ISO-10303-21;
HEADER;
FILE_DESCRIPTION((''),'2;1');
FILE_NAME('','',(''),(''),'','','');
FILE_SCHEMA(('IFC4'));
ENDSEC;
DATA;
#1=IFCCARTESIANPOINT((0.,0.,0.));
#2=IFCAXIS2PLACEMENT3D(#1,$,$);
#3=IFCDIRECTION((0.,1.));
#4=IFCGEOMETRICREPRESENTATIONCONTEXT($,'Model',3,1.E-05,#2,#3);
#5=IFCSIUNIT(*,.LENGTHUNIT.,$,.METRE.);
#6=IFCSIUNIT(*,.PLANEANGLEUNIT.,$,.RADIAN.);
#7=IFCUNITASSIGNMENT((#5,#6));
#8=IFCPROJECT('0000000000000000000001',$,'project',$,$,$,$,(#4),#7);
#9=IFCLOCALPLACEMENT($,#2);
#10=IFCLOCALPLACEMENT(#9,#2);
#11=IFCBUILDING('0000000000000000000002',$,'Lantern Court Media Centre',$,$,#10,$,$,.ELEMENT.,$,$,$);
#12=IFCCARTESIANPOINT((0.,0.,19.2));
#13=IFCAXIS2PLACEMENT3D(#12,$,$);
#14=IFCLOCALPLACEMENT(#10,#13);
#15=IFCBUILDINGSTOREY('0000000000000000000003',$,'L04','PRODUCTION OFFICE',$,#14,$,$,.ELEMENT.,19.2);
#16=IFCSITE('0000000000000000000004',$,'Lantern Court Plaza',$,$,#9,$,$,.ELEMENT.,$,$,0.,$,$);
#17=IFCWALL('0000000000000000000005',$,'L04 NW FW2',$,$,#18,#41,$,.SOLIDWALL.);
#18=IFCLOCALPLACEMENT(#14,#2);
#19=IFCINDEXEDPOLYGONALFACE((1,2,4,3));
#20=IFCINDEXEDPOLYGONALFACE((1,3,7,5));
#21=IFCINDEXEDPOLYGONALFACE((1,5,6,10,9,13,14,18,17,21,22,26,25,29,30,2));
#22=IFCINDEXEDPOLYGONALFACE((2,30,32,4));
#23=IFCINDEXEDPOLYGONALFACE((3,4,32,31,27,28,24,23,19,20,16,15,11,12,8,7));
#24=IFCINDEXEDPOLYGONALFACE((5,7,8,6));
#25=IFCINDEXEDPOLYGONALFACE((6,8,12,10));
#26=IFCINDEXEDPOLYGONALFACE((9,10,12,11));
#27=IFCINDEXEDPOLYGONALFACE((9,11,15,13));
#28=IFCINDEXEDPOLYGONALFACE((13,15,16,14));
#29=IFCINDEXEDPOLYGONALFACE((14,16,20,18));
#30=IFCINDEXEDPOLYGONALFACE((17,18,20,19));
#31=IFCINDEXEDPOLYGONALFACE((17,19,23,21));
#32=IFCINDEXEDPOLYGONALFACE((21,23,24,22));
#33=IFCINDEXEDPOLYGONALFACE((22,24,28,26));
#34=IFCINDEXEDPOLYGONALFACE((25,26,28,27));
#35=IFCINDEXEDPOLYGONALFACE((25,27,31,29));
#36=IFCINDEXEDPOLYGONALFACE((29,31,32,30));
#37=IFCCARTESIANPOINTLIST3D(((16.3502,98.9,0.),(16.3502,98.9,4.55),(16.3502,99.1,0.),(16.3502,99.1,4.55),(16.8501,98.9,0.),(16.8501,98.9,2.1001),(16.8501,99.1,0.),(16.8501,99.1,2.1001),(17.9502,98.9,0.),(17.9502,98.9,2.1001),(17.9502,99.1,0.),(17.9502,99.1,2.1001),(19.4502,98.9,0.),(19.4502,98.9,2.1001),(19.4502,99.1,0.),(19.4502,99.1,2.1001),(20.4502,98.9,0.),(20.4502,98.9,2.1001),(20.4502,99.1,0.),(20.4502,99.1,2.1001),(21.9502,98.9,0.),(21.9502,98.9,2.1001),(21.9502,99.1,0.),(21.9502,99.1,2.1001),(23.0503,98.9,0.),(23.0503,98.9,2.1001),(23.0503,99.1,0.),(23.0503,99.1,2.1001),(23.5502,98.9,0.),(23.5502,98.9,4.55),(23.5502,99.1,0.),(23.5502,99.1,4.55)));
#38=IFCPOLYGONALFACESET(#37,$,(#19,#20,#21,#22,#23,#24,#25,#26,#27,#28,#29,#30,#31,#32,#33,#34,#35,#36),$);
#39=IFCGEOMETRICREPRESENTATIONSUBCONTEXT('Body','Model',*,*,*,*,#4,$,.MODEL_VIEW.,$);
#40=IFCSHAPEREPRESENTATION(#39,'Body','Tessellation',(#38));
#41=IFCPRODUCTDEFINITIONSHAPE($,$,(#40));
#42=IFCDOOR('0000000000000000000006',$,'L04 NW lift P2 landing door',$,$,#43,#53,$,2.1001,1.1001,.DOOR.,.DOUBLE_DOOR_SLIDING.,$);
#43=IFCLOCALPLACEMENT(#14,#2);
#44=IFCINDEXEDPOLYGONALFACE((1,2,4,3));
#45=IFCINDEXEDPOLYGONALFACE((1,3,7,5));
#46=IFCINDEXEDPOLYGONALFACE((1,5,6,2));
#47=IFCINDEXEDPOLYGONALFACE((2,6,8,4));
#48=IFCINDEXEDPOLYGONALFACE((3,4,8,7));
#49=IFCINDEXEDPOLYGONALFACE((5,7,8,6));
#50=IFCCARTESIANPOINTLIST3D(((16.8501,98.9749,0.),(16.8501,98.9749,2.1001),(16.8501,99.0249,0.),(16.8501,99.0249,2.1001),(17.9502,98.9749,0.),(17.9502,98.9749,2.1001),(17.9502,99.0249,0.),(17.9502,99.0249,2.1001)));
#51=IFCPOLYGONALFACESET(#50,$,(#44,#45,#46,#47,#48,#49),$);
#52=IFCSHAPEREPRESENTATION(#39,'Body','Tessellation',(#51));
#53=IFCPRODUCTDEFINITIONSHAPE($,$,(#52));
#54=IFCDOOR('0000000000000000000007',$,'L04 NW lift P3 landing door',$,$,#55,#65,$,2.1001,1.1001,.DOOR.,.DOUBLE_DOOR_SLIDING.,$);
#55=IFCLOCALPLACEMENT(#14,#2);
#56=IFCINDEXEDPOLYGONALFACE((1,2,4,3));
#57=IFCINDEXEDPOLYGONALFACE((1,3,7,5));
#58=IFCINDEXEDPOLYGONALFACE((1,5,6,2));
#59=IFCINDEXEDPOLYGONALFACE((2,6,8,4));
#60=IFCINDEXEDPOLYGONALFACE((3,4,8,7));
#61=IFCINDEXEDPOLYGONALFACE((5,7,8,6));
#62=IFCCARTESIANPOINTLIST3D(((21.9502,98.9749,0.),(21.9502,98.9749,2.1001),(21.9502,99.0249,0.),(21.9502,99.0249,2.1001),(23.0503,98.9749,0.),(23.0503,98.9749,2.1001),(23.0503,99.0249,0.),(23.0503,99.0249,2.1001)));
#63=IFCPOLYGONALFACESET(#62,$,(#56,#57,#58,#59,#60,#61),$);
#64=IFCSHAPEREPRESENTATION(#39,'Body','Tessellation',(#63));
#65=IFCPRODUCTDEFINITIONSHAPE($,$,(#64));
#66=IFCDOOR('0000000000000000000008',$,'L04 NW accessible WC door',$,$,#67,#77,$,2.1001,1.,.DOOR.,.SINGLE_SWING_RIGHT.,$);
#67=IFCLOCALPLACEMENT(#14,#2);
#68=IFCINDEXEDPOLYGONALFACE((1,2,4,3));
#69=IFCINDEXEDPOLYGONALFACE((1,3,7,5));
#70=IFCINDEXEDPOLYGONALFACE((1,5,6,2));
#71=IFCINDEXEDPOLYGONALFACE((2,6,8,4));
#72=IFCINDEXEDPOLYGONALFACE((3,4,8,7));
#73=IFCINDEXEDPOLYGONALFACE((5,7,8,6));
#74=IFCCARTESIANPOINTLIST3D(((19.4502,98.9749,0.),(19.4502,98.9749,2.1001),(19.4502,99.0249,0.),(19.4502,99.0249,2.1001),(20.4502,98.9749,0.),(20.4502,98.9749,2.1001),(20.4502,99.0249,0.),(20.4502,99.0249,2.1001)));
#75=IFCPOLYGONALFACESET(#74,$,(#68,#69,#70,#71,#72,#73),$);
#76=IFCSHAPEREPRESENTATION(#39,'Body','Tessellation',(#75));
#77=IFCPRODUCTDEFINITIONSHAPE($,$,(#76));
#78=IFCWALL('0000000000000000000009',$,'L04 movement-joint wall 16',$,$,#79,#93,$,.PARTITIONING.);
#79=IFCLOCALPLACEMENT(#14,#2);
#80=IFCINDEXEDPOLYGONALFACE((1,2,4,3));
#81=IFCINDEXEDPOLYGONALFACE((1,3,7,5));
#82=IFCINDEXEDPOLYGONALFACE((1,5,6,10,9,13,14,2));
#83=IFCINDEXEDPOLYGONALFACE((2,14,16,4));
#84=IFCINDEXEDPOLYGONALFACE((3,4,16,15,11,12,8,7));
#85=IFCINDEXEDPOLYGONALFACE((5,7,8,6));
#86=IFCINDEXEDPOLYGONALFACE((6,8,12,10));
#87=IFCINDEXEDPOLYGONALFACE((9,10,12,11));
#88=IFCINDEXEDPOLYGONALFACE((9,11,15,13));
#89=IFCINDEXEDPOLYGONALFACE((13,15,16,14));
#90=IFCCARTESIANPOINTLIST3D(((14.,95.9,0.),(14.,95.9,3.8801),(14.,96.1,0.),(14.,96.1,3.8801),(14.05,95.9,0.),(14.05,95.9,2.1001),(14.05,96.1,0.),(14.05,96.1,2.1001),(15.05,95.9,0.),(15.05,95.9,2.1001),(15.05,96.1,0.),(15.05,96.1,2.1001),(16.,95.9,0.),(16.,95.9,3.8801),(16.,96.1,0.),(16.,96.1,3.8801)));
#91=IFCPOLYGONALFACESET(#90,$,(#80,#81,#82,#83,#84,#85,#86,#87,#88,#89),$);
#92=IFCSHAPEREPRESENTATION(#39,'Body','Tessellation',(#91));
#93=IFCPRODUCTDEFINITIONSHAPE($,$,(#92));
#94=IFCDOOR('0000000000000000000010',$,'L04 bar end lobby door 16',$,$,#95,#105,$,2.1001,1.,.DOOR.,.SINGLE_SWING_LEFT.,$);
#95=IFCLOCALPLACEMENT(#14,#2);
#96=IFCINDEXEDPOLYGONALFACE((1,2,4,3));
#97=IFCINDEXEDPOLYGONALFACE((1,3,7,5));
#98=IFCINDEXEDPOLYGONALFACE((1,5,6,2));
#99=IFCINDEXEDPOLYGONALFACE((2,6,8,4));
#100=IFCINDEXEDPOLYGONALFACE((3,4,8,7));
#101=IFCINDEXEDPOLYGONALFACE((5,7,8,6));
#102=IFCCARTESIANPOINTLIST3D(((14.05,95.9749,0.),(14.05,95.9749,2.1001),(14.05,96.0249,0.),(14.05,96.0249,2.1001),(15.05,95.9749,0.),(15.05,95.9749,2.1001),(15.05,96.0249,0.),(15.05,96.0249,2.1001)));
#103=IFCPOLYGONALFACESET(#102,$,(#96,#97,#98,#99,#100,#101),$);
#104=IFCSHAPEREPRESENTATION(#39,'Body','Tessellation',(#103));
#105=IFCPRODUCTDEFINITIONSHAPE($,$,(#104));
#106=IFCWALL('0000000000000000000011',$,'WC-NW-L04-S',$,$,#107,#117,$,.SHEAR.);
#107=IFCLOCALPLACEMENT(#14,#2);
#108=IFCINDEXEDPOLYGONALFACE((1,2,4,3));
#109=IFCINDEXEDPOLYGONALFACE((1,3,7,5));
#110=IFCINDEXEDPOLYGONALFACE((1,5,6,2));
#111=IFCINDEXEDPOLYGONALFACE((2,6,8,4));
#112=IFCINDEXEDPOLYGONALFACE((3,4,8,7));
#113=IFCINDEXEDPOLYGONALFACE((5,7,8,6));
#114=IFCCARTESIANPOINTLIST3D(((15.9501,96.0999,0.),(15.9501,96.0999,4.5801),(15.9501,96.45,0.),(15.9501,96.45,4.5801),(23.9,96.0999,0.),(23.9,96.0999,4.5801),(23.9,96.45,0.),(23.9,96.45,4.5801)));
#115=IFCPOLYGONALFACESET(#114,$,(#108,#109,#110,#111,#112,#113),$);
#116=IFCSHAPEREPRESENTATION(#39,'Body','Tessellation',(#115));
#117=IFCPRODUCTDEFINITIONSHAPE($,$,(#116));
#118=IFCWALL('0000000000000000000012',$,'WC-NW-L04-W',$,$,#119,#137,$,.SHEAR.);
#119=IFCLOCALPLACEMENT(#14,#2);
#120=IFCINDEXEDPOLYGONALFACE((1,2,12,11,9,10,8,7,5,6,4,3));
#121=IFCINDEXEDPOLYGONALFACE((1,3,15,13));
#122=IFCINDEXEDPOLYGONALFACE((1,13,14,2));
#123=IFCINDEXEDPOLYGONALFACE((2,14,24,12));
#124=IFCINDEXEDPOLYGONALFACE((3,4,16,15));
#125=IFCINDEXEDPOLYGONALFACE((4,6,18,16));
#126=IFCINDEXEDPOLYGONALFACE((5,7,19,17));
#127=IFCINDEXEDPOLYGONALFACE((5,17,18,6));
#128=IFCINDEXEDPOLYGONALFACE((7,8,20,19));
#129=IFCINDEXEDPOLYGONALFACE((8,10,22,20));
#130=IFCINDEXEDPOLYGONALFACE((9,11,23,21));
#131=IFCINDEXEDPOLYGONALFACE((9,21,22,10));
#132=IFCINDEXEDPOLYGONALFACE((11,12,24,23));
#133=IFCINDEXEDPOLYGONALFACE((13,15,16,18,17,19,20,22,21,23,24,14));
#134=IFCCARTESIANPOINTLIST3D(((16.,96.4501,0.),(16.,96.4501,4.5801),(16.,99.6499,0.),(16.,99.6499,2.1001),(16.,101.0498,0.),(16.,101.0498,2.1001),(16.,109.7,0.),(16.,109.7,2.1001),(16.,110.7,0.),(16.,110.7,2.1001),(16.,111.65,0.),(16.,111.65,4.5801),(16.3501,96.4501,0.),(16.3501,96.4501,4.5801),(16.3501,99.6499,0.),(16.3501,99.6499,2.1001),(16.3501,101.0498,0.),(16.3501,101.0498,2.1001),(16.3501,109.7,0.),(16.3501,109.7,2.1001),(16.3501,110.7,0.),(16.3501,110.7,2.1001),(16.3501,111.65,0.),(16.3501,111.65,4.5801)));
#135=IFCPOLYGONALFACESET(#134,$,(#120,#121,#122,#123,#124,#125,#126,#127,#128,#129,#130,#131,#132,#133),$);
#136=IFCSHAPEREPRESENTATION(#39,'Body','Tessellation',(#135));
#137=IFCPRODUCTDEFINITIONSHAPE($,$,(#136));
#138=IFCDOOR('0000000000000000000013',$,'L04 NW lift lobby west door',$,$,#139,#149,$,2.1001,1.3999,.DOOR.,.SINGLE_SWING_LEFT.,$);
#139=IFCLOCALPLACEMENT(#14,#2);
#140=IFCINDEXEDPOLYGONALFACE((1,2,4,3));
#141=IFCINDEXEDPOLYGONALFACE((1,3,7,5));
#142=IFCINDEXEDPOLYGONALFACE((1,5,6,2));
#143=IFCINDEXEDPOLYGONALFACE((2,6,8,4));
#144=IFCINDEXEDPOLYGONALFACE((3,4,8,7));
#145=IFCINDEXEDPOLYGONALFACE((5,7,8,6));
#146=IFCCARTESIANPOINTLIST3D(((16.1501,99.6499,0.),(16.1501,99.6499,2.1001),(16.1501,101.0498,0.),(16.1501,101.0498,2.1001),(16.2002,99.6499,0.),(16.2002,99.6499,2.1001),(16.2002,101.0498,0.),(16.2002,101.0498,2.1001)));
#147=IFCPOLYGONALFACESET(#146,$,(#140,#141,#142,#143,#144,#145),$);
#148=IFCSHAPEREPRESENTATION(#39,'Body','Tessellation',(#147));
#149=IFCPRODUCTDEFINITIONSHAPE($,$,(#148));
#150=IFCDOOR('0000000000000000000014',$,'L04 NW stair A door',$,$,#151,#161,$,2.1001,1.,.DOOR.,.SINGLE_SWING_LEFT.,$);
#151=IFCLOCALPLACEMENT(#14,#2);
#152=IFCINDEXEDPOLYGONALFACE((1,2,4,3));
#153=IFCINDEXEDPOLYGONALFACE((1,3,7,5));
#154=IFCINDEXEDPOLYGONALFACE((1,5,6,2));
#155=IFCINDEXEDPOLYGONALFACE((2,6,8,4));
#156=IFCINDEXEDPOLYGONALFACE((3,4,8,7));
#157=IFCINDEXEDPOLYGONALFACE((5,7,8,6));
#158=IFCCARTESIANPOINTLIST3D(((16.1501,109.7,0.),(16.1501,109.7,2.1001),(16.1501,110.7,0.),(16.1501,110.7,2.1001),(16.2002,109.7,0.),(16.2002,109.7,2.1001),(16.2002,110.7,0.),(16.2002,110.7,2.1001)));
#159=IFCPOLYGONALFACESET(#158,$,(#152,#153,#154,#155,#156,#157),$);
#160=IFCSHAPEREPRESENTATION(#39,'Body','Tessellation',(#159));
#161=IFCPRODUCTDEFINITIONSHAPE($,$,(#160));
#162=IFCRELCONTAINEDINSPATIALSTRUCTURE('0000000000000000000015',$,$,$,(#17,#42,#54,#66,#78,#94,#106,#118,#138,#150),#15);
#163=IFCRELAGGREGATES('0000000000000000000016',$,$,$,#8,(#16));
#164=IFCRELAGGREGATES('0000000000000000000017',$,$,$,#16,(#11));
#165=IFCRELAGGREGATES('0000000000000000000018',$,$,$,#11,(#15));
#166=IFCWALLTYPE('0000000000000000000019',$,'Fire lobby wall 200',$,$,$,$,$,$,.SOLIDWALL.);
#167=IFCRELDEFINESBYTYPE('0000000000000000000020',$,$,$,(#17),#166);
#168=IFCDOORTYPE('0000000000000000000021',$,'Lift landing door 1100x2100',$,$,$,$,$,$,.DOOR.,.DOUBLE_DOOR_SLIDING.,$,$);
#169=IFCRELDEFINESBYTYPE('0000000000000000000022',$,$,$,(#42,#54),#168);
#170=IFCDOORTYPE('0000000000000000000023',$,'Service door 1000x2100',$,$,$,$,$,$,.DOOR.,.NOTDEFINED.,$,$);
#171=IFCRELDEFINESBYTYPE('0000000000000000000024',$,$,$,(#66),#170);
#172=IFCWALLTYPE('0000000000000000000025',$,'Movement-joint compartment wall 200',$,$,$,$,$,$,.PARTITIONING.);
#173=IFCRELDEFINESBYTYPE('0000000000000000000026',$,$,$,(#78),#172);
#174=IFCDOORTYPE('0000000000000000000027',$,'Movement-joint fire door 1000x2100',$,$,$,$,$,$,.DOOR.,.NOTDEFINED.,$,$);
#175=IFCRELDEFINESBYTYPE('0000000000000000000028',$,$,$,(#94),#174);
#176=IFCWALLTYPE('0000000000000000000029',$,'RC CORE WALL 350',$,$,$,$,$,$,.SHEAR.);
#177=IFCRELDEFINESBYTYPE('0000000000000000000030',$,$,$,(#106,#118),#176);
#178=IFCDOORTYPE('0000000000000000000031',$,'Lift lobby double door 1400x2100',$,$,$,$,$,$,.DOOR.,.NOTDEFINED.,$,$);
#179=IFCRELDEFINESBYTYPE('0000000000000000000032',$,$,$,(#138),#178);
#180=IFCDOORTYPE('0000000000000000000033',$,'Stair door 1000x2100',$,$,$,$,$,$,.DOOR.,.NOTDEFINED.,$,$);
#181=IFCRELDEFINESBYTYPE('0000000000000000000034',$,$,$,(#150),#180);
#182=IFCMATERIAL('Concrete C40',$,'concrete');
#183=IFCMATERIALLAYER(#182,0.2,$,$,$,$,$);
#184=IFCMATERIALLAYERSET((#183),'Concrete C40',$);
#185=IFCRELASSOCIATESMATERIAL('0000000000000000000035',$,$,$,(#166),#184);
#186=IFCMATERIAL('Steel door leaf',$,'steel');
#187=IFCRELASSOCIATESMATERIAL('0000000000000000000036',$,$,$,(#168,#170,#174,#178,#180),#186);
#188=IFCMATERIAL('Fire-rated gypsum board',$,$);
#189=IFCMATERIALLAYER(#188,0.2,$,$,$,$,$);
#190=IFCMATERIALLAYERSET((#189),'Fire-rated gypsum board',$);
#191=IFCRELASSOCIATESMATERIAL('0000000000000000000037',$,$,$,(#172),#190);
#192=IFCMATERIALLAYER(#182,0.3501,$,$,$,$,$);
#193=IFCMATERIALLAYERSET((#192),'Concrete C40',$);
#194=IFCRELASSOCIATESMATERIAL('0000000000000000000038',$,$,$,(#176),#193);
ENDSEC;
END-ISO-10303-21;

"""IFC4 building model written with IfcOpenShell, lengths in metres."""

from ifc_helpers import new_model, si_unit, direction, frame, frame_2d, origin, place, context, subcontext, project, spatial, rectangle, extrude, material, layer, layer_set, type_object, element, fill, save


model = new_model("IFC4")

# Units and contexts
model_context = context("Model", 3, precision=1e-05, world=origin(), true_north=direction((0.0, 1.0)))
body_context = subcontext(model_context, "Body", "Model", "MODEL_VIEW")
ifc_project = project(units=[si_unit("LENGTHUNIT", "METRE"), si_unit("PLANEANGLEUNIT", "RADIAN")], contexts=[model_context])

# Site, building, storey
site_placement = place(None, origin())
site = spatial("IfcSite", under=ifc_project, at=site_placement, Name="Lantern Court Plaza", CompositionType="ELEMENT", RefElevation=0.0)
building_placement = place(site_placement, origin())
building = spatial("IfcBuilding", under=site, at=building_placement, Name="Lantern Court Media Centre", CompositionType="ELEMENT")
storey_placement = place(building_placement, frame((0.0, 0.0, 19.2)))
storey = spatial("IfcBuildingStorey", under=building, at=storey_placement, Name="L04", Description="PRODUCTION OFFICE", CompositionType="ELEMENT", Elevation=19.2)

# Wall, openings, doors
ifc_material_1 = material(Name="Concrete C40", Category="concrete")
ifc_layer_1 = layer(ifc_material_1, 0.2)
ifc_layer_set_1 = layer_set([ifc_layer_1], Name="Concrete C40")
wall_type_1 = type_object("IfcWallType", Name="Fire lobby wall 200", PredefinedType="SOLIDWALL", material=ifc_layer_set_1)
wall_1_placement = place(storey_placement, frame((16.3501, 99.0, 0.0), z_axis=(0.0, 0.0, 1.0), x_axis=(1.0, 0.0, 0.0)))
wall_1 = element("IfcWall", 1, at=wall_1_placement, inside=storey, type_object=wall_type_1, Name="L04 NW FW2", PredefinedType="SOLIDWALL", context=body_context, shape_type="SweptSolid", body=[
    extrude(rectangle(XDim=7.2, YDim=0.2, at=frame_2d((3.6001, 0.0))), origin(), (0.0, 0.0, 1.0), 4.55),
])
opening_1_placement = place(wall_1_placement, frame((0.5, 0.0, 0.0)))
opening_1 = element("IfcOpeningElement", 2, at=opening_1_placement, cuts=wall_1, PredefinedType="OPENING", context=body_context, shape_type="SweptSolid", body=[
    extrude(rectangle(XDim=1.1001, YDim=2.1001, at=frame_2d((0.55, 1.05))), frame((0.0, 0.1099, 0.0), z_axis=(0.0, -1.0, 0.0), x_axis=(1.0, 0.0, 0.0)), (0.0, 0.0, 1.0), 0.22),
])
opening_2_placement = place(wall_1_placement, frame((5.6001, 0.0, 0.0)))
opening_2 = element("IfcOpeningElement", 3, at=opening_2_placement, cuts=wall_1, PredefinedType="OPENING", context=body_context, shape_type="SweptSolid", body=[
    extrude(rectangle(XDim=1.1001, YDim=2.1001, at=frame_2d((0.55, 1.05))), frame((0.0, 0.1099, 0.0), z_axis=(0.0, -1.0, 0.0), x_axis=(1.0, 0.0, 0.0)), (0.0, 0.0, 1.0), 0.22),
])
opening_3_placement = place(wall_1_placement, frame((3.1001, 0.0, 0.0)))
opening_3 = element("IfcOpeningElement", 4, at=opening_3_placement, cuts=wall_1, PredefinedType="OPENING", context=body_context, shape_type="SweptSolid", body=[
    extrude(rectangle(XDim=1.0, YDim=2.1001, at=frame_2d((0.5, 1.05))), frame((0.0, 0.1099, 0.0), z_axis=(0.0, -1.0, 0.0), x_axis=(1.0, 0.0, 0.0)), (0.0, 0.0, 1.0), 0.22),
])
ifc_material_2 = material(Name="Steel door leaf", Category="steel")
door_type_1 = type_object("IfcDoorType", Name="Lift landing door 1100x2100", OperationType="DOUBLE_DOOR_SLIDING", PredefinedType="DOOR", material=ifc_material_2)
door_1_placement = place(opening_1_placement, origin())
door_1 = element("IfcDoor", 5, at=door_1_placement, inside=storey, type_object=door_type_1, Name="L04 NW lift P2 landing door", OperationType="DOUBLE_DOOR_SLIDING", OverallHeight=2.1001, OverallWidth=1.1001, PredefinedType="DOOR", context=body_context, shape_type="SweptSolid", body=[
    extrude(rectangle(XDim=1.1001, YDim=2.1001, at=frame_2d((0.55, 1.05))), frame((0.0, 0.0249, 0.0), z_axis=(0.0, -1.0, 0.0), x_axis=(1.0, 0.0, 0.0)), (0.0, 0.0, 1.0), 0.05),
])
fill(opening_1, door_1)
door_2_placement = place(opening_2_placement, origin())
door_2 = element("IfcDoor", 6, at=door_2_placement, inside=storey, type_object=door_type_1, Name="L04 NW lift P3 landing door", OperationType="DOUBLE_DOOR_SLIDING", OverallHeight=2.1001, OverallWidth=1.1001, PredefinedType="DOOR", context=body_context, shape_type="SweptSolid", body=[
    extrude(rectangle(XDim=1.1001, YDim=2.1001, at=frame_2d((0.55, 1.05))), frame((0.0, 0.0249, 0.0), z_axis=(0.0, -1.0, 0.0), x_axis=(1.0, 0.0, 0.0)), (0.0, 0.0, 1.0), 0.05),
])
fill(opening_2, door_2)
door_type_2 = type_object("IfcDoorType", Name="Service door 1000x2100", OperationType="NOTDEFINED", PredefinedType="DOOR", material=ifc_material_2)
door_3_placement = place(opening_3_placement, origin())
door_3 = element("IfcDoor", 7, at=door_3_placement, inside=storey, type_object=door_type_2, Name="L04 NW accessible WC door", OperationType="SINGLE_SWING_RIGHT", OverallHeight=2.1001, OverallWidth=1.0, PredefinedType="DOOR", context=body_context, shape_type="SweptSolid", body=[
    extrude(rectangle(XDim=1.0, YDim=2.1001, at=frame_2d((0.5, 1.05))), frame((0.0, 0.0249, 0.0), z_axis=(0.0, -1.0, 0.0), x_axis=(1.0, 0.0, 0.0)), (0.0, 0.0, 1.0), 0.05),
])
fill(opening_3, door_3)

# Wall, opening, door
ifc_material_3 = material(Name="Fire-rated gypsum board")
ifc_layer_2 = layer(ifc_material_3, 0.2)
ifc_layer_set_2 = layer_set([ifc_layer_2], Name="Fire-rated gypsum board")
wall_type_2 = type_object("IfcWallType", Name="Movement-joint compartment wall 200", PredefinedType="PARTITIONING", material=ifc_layer_set_2)
wall_2_placement = place(storey_placement, frame((14.0, 96.0, 0.0), z_axis=(0.0, 0.0, 1.0), x_axis=(1.0, 0.0, 0.0)))
wall_2 = element("IfcWall", 8, at=wall_2_placement, inside=storey, type_object=wall_type_2, Name="L04 movement-joint wall 16", PredefinedType="PARTITIONING", context=body_context, shape_type="SweptSolid", body=[
    extrude(rectangle(XDim=2.0, YDim=0.2, at=frame_2d((1.0, 0.0))), origin(), (0.0, 0.0, 1.0), 3.8801),
])
opening_4_placement = place(wall_2_placement, frame((0.05, 0.0, 0.0)))
opening_4 = element("IfcOpeningElement", 9, at=opening_4_placement, cuts=wall_2, PredefinedType="OPENING", context=body_context, shape_type="SweptSolid", body=[
    extrude(rectangle(XDim=1.0, YDim=2.1001, at=frame_2d((0.5, 1.05))), frame((0.0, 0.1099, 0.0), z_axis=(0.0, -1.0, 0.0), x_axis=(1.0, 0.0, 0.0)), (0.0, 0.0, 1.0), 0.22),
])
door_type_3 = type_object("IfcDoorType", Name="Movement-joint fire door 1000x2100", OperationType="NOTDEFINED", PredefinedType="DOOR", material=ifc_material_2)
door_4_placement = place(opening_4_placement, origin())
door_4 = element("IfcDoor", 10, at=door_4_placement, inside=storey, type_object=door_type_3, Name="L04 bar end lobby door 16", OperationType="SINGLE_SWING_LEFT", OverallHeight=2.1001, OverallWidth=1.0, PredefinedType="DOOR", context=body_context, shape_type="SweptSolid", body=[
    extrude(rectangle(XDim=1.0, YDim=2.1001, at=frame_2d((0.5, 1.05))), frame((0.0, 0.0249, 0.0), z_axis=(0.0, -1.0, 0.0), x_axis=(1.0, 0.0, 0.0)), (0.0, 0.0, 1.0), 0.05),
])
fill(opening_4, door_4)

# Wall
ifc_layer_3 = layer(ifc_material_1, 0.3501)
ifc_layer_set_3 = layer_set([ifc_layer_3], Name="Concrete C40")
wall_type_3 = type_object("IfcWallType", Name="RC CORE WALL 350", PredefinedType="SHEAR", material=ifc_layer_set_3)
wall_3_placement = place(storey_placement, frame((15.95, 96.2749, 0.0), z_axis=(0.0, 0.0, 1.0), x_axis=(1.0, 0.0, 0.0)))
element("IfcWall", 11, at=wall_3_placement, inside=storey, type_object=wall_type_3, Name="WC-NW-L04-S", PredefinedType="SHEAR", context=body_context, shape_type="SweptSolid", body=[
    extrude(rectangle(XDim=7.95, YDim=0.3501, at=frame_2d((3.9751, 0.0))), origin(), (0.0, 0.0, 1.0), 4.5801),
])

# Wall, openings, doors
wall_4_placement = place(storey_placement, frame((16.175, 96.45, 0.0), z_axis=(0.0, 0.0, 1.0), x_axis=(0.0, 1.0, 0.0)))
wall_4 = element("IfcWall", 12, at=wall_4_placement, inside=storey, type_object=wall_type_3, Name="WC-NW-L04-W", PredefinedType="SHEAR", context=body_context, shape_type="SweptSolid", body=[
    extrude(rectangle(XDim=15.2, YDim=0.3501, at=frame_2d((7.6001, 0.0))), origin(), (0.0, 0.0, 1.0), 4.5801),
])
opening_5_placement = place(wall_4_placement, frame((13.25, 0.0, 0.0)))
opening_5 = element("IfcOpeningElement", 13, at=opening_5_placement, cuts=wall_4, PredefinedType="OPENING", context=body_context, shape_type="SweptSolid", body=[
    extrude(rectangle(XDim=1.0, YDim=2.1001, at=frame_2d((0.5, 1.05))), frame((0.0, 0.1851, 0.0), z_axis=(0.0, -1.0, 0.0), x_axis=(1.0, 0.0, 0.0)), (0.0, 0.0, 1.0), 0.3701),
])
opening_6_placement = place(wall_4_placement, frame((3.2, 0.0, 0.0)))
opening_6 = element("IfcOpeningElement", 14, at=opening_6_placement, cuts=wall_4, PredefinedType="OPENING", context=body_context, shape_type="SweptSolid", body=[
    extrude(rectangle(XDim=1.3999, YDim=2.1001, at=frame_2d((0.7, 1.05))), frame((0.0, 0.1851, 0.0), z_axis=(0.0, -1.0, 0.0), x_axis=(1.0, 0.0, 0.0)), (0.0, 0.0, 1.0), 0.3701),
])
door_type_4 = type_object("IfcDoorType", Name="Lift lobby double door 1400x2100", OperationType="NOTDEFINED", PredefinedType="DOOR", material=ifc_material_2)
door_5_placement = place(opening_6_placement, origin())
door_5 = element("IfcDoor", 15, at=door_5_placement, inside=storey, type_object=door_type_4, Name="L04 NW lift lobby west door", OperationType="SINGLE_SWING_LEFT", OverallHeight=2.1001, OverallWidth=1.3999, PredefinedType="DOOR", context=body_context, shape_type="SweptSolid", body=[
    extrude(rectangle(XDim=1.3999, YDim=2.1001, at=frame_2d((0.7, 1.05))), frame((0.0, 0.0249, 0.0), z_axis=(0.0, -1.0, 0.0), x_axis=(1.0, 0.0, 0.0)), (0.0, 0.0, 1.0), 0.05),
])
fill(opening_6, door_5)
door_type_5 = type_object("IfcDoorType", Name="Stair door 1000x2100", OperationType="NOTDEFINED", PredefinedType="DOOR", material=ifc_material_2)
door_6_placement = place(opening_5_placement, origin())
door_6 = element("IfcDoor", 16, at=door_6_placement, inside=storey, type_object=door_type_5, Name="L04 NW stair A door", OperationType="SINGLE_SWING_LEFT", OverallHeight=2.1001, OverallWidth=1.0, PredefinedType="DOOR", context=body_context, shape_type="SweptSolid", body=[
    extrude(rectangle(XDim=1.0, YDim=2.1001, at=frame_2d((0.5, 1.05))), frame((0.0, 0.0249, 0.0), z_axis=(0.0, -1.0, 0.0), x_axis=(1.0, 0.0, 0.0)), (0.0, 0.0, 1.0), 0.05),
])
fill(opening_5, door_6)

save(model, "model.ifc")
